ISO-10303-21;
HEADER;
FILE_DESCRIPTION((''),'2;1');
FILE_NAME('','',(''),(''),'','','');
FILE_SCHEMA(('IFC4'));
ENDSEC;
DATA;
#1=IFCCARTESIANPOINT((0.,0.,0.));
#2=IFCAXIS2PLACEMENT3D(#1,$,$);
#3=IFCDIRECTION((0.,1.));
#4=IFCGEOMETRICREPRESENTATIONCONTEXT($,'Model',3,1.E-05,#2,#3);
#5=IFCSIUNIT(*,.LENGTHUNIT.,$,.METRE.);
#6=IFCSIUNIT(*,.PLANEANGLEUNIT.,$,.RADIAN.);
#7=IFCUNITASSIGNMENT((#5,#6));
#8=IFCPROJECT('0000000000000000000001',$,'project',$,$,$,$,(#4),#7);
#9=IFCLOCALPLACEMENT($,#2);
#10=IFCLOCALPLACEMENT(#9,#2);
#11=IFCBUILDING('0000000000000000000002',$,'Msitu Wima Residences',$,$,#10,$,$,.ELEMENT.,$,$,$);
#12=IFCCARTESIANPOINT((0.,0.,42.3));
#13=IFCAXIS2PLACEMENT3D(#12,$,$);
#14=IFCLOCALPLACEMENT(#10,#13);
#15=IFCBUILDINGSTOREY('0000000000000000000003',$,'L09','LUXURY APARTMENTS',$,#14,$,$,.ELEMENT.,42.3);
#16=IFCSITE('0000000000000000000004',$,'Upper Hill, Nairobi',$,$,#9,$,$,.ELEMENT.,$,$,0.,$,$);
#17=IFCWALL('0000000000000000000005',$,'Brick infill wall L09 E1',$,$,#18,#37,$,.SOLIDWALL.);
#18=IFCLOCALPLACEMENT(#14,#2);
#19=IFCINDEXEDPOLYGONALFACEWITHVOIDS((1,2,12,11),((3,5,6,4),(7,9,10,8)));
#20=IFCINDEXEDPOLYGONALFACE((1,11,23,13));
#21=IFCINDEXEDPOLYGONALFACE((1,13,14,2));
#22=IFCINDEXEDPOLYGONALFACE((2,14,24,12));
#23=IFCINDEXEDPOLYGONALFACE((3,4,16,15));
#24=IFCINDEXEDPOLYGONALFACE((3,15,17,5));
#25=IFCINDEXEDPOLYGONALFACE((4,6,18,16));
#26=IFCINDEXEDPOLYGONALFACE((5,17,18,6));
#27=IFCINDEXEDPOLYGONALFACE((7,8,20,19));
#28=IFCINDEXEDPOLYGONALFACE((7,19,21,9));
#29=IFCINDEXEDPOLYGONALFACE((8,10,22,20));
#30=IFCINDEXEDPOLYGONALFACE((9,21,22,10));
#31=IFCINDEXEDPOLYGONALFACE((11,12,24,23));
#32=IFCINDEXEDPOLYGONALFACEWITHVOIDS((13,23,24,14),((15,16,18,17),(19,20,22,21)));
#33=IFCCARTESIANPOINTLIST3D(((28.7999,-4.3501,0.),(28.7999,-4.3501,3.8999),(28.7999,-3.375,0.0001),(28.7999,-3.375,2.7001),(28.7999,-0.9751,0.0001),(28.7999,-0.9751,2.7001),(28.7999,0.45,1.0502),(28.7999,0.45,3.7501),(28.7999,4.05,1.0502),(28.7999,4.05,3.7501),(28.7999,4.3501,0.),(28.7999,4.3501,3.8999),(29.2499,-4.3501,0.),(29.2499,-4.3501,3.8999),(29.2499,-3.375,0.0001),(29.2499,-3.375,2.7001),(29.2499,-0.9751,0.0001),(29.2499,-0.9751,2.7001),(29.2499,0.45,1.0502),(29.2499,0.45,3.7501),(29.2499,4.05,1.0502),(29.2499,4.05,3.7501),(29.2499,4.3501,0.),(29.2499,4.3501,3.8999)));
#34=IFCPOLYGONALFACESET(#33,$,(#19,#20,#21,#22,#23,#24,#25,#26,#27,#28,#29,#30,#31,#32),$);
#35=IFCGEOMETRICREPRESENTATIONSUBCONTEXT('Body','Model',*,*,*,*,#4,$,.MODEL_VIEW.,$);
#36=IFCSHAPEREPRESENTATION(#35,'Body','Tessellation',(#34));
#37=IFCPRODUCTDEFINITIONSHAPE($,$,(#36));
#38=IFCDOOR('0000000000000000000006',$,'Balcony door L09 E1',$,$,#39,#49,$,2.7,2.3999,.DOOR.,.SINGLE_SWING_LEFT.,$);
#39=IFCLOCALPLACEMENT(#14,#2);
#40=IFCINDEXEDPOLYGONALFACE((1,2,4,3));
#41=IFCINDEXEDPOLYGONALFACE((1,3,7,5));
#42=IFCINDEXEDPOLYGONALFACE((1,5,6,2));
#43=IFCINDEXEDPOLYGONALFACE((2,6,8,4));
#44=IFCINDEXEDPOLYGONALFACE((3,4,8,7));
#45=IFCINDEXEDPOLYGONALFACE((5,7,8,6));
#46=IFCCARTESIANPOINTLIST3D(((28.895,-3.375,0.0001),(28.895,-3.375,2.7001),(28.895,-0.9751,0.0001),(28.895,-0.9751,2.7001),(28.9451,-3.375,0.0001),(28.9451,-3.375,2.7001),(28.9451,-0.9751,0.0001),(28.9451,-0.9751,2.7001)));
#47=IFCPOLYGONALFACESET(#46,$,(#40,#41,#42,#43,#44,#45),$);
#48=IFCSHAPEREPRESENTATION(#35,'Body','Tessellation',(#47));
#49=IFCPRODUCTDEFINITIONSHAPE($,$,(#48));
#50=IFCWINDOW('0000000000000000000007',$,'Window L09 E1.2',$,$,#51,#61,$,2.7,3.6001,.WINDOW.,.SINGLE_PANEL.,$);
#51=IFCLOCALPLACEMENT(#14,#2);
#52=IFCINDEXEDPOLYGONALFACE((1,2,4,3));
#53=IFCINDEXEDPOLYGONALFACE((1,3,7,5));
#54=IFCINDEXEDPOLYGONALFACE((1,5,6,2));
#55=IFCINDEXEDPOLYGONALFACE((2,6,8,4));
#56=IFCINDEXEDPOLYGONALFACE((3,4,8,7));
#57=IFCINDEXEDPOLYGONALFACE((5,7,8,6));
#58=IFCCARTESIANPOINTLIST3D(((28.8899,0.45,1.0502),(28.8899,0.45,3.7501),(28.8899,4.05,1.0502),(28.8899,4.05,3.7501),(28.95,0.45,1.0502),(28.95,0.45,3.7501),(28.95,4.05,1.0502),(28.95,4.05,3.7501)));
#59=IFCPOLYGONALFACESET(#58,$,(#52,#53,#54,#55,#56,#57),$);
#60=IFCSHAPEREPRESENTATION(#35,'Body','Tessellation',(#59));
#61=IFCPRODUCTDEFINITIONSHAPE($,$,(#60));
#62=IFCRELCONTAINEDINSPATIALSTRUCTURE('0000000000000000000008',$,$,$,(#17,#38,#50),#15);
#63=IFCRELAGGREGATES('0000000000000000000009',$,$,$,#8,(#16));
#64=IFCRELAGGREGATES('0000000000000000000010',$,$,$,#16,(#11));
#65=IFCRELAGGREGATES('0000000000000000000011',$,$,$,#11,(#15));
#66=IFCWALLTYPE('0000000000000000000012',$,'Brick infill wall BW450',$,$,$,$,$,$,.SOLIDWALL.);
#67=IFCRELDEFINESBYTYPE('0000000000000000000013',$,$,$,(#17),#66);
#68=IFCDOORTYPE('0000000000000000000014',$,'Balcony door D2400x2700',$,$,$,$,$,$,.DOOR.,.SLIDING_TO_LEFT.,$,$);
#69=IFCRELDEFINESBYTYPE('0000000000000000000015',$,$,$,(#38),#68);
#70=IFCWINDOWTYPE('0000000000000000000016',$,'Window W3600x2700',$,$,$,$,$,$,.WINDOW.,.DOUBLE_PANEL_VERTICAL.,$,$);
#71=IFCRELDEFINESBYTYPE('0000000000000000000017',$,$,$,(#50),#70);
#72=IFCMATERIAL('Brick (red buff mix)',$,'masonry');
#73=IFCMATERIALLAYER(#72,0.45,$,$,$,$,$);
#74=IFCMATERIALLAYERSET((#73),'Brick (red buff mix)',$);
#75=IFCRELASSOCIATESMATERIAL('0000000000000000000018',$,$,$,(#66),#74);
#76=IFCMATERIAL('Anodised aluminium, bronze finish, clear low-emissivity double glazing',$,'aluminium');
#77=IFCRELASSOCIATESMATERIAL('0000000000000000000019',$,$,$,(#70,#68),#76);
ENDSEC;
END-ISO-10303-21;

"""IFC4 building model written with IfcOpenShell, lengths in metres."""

from ifc_helpers import new_model, si_unit, direction, frame, frame_2d, origin, place, context, subcontext, project, spatial, rectangle, extrude, material, layer, layer_set, type_object, element, fill, save


model = new_model("IFC4")

# Units and contexts
model_context = context("Model", 3, precision=1e-05, world=origin(), true_north=direction((0.0, 1.0)))
body_context = subcontext(model_context, "Body", "Model", "MODEL_VIEW")
ifc_project = project(units=[si_unit("LENGTHUNIT", "METRE"), si_unit("PLANEANGLEUNIT", "RADIAN")], contexts=[model_context])

# Site, building, storey
site_placement = place(None, origin())
site = spatial("IfcSite", under=ifc_project, at=site_placement, Name="Upper Hill, Nairobi", CompositionType="ELEMENT", RefElevation=0.0)
building_placement = place(site_placement, origin())
building = spatial("IfcBuilding", under=site, at=building_placement, Name="Msitu Wima Residences", CompositionType="ELEMENT")
storey_placement = place(building_placement, frame((0.0, 0.0, 42.3)))
storey = spatial("IfcBuildingStorey", under=building, at=storey_placement, Name="L09", Description="LUXURY APARTMENTS", CompositionType="ELEMENT", Elevation=42.3)

# Shared definitions
ifc_material_1 = material(Name="Brick (red buff mix)", Category="masonry")
ifc_layer_1 = layer(ifc_material_1, 0.45)
ifc_layer_set_1 = layer_set([ifc_layer_1], Name="Brick (red buff mix)")
wall_type_1 = type_object("IfcWallType", Name="Brick infill wall BW450", PredefinedType="SOLIDWALL", material=ifc_layer_set_1)
ifc_material_2 = material(Name="Anodised aluminium, bronze finish, clear low-emissivity double glazing", Category="aluminium")
window_type = type_object("IfcWindowType", Name="Window W3600x2700", PartitioningType="DOUBLE_PANEL_VERTICAL", PredefinedType="WINDOW", material=ifc_material_2)

# Wall, openings, door, window
wall_1_placement = place(storey_placement, frame((29.0249, -4.3501, 0.0), z_axis=(0.0, 0.0, 1.0), x_axis=(0.0, 1.0, 0.0)))
wall_1 = element("IfcWall", 1, at=wall_1_placement, inside=storey, type_object=wall_type_1, Name="Brick infill wall L09 E1", PredefinedType="SOLIDWALL", context=body_context, shape_type="SweptSolid", body=[
    extrude(rectangle(XDim=8.7002, YDim=0.45, at=frame_2d((4.3501, 0.0))), origin(), (0.0, 0.0, 1.0), 3.8999),
])
opening_1_placement = place(wall_1_placement, frame((0.9751, 0.0, 0.0)))
opening_1 = element("IfcOpeningElement", 2, at=opening_1_placement, cuts=wall_1, PredefinedType="OPENING", context=body_context, shape_type="SweptSolid", body=[
    extrude(rectangle(XDim=2.3999, YDim=2.7, at=frame_2d((1.2, 1.3501))), frame((0.0, 0.2349, 0.0), z_axis=(0.0, -1.0, 0.0), x_axis=(1.0, 0.0, 0.0)), (0.0, 0.0, 1.0), 0.47),
])
opening_2_placement = place(wall_1_placement, frame((4.8, 0.0, 1.05)))
opening_2 = element("IfcOpeningElement", 3, at=opening_2_placement, cuts=wall_1, PredefinedType="OPENING", context=body_context, shape_type="SweptSolid", body=[
    extrude(rectangle(XDim=3.6001, YDim=2.7, at=frame_2d((1.8, 1.3501))), frame((0.0, 0.2349, 0.0), z_axis=(0.0, -1.0, 0.0), x_axis=(1.0, 0.0, 0.0)), (0.0, 0.0, 1.0), 0.47),
])
door_type = type_object("IfcDoorType", Name="Balcony door D2400x2700", OperationType="SLIDING_TO_LEFT", PredefinedType="DOOR", material=ifc_material_2)
door_placement = place(opening_1_placement, origin())
door = element("IfcDoor", 4, at=door_placement, inside=storey, type_object=door_type, Name="Balcony door L09 E1", OperationType="SINGLE_SWING_LEFT", OverallHeight=2.7, OverallWidth=2.3999, PredefinedType="DOOR", context=body_context, shape_type="SweptSolid", body=[
    extrude(rectangle(XDim=2.3999, YDim=2.7, at=frame_2d((1.2, 1.3501))), frame((0.0, 0.1299, 0.0), z_axis=(0.0, -1.0, 0.0), x_axis=(1.0, 0.0, 0.0)), (0.0, 0.0, 1.0), 0.05),
])
fill(opening_1, door)
window_1_placement = place(opening_2_placement, origin())
window_1 = element("IfcWindow", 5, at=window_1_placement, inside=storey, type_object=window_type, Name="Window L09 E1.2", OverallHeight=2.7, OverallWidth=3.6001, PartitioningType="SINGLE_PANEL", PredefinedType="WINDOW", context=body_context, shape_type="SweptSolid", body=[
    extrude(rectangle(XDim=3.6001, YDim=2.7, at=frame_2d((1.8, 1.3501))), frame((0.0, 0.135, 0.0), z_axis=(0.0, -1.0, 0.0), x_axis=(1.0, 0.0, 0.0)), (0.0, 0.0, 1.0), 0.0601),
])
fill(opening_2, window_1)

save(model, "model.ifc")
